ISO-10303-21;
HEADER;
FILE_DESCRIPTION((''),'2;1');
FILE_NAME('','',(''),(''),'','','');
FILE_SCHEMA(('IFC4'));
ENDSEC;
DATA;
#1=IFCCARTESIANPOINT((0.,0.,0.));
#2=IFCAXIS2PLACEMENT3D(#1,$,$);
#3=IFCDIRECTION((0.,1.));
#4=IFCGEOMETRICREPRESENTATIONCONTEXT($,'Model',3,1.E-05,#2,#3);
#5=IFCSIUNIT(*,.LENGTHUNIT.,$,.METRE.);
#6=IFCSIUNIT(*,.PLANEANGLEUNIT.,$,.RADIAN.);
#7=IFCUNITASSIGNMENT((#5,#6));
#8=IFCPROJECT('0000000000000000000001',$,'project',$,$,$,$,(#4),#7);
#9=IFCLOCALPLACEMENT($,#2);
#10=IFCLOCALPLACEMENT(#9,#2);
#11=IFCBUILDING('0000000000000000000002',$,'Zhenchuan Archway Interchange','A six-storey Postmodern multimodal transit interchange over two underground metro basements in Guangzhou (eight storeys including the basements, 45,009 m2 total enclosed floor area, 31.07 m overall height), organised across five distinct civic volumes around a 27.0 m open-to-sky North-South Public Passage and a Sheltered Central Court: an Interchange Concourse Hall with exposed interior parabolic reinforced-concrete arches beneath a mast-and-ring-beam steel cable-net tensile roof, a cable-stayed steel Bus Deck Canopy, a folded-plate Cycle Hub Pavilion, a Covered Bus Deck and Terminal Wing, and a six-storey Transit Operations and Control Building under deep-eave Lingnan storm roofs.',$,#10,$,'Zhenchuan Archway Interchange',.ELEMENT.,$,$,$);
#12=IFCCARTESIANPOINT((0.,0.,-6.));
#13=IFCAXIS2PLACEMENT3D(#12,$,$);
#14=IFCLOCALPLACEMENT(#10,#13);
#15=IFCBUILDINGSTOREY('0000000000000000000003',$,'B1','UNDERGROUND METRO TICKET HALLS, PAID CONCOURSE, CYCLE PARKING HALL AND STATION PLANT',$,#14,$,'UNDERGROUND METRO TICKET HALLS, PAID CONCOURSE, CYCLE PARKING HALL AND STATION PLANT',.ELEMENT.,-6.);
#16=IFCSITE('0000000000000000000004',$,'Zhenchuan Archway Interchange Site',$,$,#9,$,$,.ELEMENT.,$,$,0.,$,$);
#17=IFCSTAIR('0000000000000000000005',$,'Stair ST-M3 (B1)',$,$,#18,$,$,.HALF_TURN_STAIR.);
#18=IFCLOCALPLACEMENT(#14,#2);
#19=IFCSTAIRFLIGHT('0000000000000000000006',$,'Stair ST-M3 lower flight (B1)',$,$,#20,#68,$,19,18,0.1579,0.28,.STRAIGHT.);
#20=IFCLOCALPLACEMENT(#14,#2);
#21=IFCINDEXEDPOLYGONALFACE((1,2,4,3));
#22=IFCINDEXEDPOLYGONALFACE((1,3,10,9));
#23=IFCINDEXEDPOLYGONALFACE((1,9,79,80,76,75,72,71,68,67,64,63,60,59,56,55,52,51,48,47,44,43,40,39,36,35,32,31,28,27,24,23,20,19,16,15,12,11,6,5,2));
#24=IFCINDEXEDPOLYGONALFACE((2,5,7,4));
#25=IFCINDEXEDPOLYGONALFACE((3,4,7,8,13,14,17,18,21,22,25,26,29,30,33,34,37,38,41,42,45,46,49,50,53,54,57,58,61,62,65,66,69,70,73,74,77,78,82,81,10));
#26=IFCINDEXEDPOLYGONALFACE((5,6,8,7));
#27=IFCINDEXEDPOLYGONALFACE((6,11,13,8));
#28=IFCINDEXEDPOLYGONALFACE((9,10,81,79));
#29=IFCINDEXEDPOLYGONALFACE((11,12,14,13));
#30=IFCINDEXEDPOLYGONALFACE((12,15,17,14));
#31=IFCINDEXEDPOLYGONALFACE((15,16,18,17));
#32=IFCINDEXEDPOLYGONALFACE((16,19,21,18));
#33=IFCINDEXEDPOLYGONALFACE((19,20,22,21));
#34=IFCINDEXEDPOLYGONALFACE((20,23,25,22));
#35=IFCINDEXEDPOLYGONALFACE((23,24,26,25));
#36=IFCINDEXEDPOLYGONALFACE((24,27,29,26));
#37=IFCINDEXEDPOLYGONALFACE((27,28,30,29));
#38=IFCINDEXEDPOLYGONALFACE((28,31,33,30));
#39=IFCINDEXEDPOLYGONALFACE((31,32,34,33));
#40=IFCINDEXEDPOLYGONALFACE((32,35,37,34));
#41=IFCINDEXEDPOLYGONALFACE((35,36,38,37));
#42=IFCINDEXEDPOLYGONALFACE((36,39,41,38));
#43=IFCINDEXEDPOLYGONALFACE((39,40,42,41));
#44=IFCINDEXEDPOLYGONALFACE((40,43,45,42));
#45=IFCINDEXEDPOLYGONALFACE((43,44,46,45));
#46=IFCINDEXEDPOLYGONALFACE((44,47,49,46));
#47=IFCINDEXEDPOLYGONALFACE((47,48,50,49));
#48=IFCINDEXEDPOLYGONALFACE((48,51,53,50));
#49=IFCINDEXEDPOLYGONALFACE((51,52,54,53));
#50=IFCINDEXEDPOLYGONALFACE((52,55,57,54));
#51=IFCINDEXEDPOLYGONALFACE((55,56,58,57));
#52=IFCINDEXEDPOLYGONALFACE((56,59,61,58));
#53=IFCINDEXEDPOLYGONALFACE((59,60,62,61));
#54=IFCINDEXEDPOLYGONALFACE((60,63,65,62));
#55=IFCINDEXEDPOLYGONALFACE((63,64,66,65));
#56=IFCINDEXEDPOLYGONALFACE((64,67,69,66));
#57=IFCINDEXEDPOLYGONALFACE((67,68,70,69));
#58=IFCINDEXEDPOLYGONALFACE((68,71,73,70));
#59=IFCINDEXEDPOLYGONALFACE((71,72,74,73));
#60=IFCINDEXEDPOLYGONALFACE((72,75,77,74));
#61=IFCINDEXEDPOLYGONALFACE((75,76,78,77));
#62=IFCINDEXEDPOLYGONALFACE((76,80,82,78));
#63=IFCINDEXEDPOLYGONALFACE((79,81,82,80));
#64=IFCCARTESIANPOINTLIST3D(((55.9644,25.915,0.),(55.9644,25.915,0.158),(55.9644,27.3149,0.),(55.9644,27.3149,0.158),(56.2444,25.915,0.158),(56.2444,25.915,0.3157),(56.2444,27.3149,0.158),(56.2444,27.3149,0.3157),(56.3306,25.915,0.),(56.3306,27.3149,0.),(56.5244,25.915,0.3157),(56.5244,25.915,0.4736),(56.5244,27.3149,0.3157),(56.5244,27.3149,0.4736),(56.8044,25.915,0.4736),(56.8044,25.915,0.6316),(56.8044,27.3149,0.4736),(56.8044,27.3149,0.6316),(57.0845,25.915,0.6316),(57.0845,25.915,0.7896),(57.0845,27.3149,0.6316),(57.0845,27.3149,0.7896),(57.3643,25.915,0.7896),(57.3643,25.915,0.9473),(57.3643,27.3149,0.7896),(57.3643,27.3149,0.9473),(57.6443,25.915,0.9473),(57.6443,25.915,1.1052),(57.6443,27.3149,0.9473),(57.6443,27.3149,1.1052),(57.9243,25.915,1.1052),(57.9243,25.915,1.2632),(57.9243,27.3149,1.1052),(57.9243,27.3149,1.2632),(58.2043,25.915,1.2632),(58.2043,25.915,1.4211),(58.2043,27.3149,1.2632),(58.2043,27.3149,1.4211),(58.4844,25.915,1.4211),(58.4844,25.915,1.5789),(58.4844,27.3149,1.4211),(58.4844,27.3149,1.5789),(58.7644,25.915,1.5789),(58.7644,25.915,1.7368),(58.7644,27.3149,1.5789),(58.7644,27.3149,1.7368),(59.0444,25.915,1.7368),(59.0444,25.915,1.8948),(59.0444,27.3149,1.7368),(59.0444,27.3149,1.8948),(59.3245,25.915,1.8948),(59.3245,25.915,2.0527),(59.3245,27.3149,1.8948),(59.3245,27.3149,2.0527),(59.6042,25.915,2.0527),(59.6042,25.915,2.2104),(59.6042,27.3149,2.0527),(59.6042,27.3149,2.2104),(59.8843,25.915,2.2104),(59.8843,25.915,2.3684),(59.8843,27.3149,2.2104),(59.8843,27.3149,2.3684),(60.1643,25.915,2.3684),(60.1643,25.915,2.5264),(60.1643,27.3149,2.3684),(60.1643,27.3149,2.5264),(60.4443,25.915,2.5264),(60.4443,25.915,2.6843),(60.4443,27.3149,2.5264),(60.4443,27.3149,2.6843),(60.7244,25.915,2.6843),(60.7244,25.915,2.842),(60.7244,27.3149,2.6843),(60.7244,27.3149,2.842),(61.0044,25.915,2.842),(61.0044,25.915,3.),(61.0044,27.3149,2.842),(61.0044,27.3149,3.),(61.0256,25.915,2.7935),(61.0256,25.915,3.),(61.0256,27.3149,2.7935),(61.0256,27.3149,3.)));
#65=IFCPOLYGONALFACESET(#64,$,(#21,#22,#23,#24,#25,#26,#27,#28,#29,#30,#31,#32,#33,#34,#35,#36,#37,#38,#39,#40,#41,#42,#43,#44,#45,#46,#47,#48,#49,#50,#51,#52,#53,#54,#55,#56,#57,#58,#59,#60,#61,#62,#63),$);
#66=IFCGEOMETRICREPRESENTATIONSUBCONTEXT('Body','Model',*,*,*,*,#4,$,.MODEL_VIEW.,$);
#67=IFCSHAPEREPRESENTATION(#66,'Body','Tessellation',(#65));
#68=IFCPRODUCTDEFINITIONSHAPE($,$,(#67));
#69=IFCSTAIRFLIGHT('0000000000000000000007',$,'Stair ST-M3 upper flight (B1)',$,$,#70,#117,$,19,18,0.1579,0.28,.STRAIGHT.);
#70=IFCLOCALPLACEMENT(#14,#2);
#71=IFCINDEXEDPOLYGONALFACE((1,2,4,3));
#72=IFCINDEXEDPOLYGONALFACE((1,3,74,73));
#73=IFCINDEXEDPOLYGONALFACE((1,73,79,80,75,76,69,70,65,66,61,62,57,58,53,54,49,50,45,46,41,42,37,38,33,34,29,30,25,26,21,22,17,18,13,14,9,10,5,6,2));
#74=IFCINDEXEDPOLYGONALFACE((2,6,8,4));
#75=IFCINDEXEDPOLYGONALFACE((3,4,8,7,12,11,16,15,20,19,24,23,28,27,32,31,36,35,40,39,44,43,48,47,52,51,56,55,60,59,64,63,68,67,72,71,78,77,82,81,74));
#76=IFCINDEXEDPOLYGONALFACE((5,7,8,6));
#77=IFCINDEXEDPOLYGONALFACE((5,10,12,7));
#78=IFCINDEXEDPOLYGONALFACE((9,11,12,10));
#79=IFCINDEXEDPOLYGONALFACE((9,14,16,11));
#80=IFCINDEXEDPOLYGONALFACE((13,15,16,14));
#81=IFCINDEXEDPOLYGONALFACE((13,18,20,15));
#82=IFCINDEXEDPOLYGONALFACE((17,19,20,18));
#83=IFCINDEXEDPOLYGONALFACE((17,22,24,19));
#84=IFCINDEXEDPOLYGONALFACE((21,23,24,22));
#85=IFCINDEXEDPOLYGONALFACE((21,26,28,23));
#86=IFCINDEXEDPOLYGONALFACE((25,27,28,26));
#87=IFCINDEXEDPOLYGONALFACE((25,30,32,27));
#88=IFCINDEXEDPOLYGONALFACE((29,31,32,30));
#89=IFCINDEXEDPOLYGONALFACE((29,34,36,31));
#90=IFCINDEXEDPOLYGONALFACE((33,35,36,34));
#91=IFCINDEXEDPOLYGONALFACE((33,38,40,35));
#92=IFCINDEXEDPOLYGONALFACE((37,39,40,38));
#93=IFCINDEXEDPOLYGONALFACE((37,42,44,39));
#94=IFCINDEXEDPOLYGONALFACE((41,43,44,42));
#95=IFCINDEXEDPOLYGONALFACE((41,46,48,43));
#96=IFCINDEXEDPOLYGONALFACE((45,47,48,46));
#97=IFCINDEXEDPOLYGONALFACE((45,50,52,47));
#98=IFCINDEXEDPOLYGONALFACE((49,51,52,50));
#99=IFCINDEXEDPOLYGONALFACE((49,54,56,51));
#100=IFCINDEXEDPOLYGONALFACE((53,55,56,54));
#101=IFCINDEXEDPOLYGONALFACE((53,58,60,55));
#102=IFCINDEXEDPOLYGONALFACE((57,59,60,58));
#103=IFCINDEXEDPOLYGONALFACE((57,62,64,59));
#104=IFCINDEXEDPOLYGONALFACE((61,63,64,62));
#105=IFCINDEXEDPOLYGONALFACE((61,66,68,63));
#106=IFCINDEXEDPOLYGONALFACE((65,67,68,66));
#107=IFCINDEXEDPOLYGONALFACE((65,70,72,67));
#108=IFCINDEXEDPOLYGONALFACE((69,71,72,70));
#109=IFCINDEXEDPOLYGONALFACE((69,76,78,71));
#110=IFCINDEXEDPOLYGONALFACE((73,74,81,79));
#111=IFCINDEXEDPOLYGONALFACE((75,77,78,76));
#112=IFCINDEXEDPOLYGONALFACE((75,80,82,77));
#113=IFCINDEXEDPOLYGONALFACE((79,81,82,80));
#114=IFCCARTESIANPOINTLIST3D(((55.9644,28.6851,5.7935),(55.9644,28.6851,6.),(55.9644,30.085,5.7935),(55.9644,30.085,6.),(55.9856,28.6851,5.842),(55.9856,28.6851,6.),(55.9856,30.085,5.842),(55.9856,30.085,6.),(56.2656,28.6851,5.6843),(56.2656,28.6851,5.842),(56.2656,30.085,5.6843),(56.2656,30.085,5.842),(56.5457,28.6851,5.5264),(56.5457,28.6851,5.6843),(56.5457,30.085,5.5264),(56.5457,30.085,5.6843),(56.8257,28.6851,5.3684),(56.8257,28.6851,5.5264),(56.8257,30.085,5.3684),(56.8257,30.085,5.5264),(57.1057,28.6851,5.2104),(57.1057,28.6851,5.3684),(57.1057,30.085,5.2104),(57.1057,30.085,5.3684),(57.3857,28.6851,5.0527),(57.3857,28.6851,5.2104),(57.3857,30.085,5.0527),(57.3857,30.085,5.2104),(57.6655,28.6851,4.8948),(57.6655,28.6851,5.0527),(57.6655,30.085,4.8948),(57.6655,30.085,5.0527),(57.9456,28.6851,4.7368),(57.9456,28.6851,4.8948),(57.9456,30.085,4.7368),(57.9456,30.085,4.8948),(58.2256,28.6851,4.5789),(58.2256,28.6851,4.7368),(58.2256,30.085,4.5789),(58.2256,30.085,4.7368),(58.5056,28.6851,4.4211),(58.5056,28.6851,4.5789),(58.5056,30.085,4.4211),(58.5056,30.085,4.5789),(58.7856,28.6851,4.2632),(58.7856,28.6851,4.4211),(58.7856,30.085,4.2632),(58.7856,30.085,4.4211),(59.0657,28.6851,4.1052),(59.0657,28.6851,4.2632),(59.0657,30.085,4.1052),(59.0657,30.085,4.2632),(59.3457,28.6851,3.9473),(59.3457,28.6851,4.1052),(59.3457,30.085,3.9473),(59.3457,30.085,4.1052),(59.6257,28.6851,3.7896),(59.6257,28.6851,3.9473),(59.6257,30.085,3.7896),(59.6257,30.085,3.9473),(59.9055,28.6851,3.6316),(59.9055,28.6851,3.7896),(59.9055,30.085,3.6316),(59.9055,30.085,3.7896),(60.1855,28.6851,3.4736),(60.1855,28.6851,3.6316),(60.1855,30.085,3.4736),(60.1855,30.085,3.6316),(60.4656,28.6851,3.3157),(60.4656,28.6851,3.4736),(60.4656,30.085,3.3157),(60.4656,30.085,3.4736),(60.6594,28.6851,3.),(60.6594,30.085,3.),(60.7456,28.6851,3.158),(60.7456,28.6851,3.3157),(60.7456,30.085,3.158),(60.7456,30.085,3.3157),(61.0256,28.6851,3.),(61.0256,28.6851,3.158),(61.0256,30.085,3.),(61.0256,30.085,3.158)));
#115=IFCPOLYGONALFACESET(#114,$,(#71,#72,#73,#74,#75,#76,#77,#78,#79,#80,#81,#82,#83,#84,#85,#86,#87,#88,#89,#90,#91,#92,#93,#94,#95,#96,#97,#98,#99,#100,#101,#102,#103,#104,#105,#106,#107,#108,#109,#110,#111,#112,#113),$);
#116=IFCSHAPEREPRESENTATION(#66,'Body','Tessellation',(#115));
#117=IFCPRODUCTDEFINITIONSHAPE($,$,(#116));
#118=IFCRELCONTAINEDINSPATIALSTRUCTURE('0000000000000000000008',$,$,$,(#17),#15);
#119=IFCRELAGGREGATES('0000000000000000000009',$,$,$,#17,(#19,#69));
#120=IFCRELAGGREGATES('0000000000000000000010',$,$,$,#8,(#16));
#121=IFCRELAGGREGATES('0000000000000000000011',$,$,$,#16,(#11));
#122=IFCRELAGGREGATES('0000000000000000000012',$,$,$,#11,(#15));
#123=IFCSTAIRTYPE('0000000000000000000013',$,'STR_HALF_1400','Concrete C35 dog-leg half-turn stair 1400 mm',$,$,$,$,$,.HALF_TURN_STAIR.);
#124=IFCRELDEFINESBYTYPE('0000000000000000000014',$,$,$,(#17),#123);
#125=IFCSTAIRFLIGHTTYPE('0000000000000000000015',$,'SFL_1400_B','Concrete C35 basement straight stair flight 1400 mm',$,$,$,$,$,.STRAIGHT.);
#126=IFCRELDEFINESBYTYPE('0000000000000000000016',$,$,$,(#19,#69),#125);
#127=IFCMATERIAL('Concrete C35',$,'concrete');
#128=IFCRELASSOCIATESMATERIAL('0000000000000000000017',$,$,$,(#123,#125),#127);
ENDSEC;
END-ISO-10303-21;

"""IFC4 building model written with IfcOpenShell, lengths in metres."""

from ifc_helpers import new_model, si_unit, direction, frame, origin, place, context, subcontext, project, spatial, polyline, outline, extrude, material, type_object, element, aggregate, save


model = new_model("IFC4")

# Units and contexts
model_context = context("Model", 3, precision=1e-05, world=origin(), true_north=direction((0.0, 1.0)))
body_context = subcontext(model_context, "Body", "Model", "MODEL_VIEW")
ifc_project = project(units=[si_unit("LENGTHUNIT", "METRE"), si_unit("PLANEANGLEUNIT", "RADIAN")], contexts=[model_context])

# Site, building, storey
site_placement = place(None, origin())
site = spatial("IfcSite", under=ifc_project, at=site_placement, Name="Zhenchuan Archway Interchange Site", CompositionType="ELEMENT", RefElevation=0.0)
building_placement = place(site_placement, origin())
building = spatial("IfcBuilding", under=site, at=building_placement, Name="Zhenchuan Archway Interchange", Description="A six-storey Postmodern multimodal transit interchange over two underground metro basements in Guangzhou (eight storeys including the basements, 45,009 m2 total enclosed floor area, 31.07 m overall height), organised across five distinct civic volumes around a 27.0 m open-to-sky North-South Public Passage and a Sheltered Central Court: an Interchange Concourse Hall with exposed interior parabolic reinforced-concrete arches beneath a mast-and-ring-beam steel cable-net tensile roof, a cable-stayed steel Bus Deck Canopy, a folded-plate Cycle Hub Pavilion, a Covered Bus Deck and Terminal Wing, and a six-storey Transit Operations and Control Building under deep-eave Lingnan storm roofs.", LongName="Zhenchuan Archway Interchange", CompositionType="ELEMENT")
storey_placement = place(building_placement, frame((0.0, 0.0, -6.0)))
storey = spatial("IfcBuildingStorey", under=building, at=storey_placement, Name="B1", Description="UNDERGROUND METRO TICKET HALLS, PAID CONCOURSE, CYCLE PARKING HALL AND STATION PLANT", LongName="UNDERGROUND METRO TICKET HALLS, PAID CONCOURSE, CYCLE PARKING HALL AND STATION PLANT", CompositionType="ELEMENT", Elevation=-6.0)

# Stair, stair flights
ifc_material_1 = material(Name="Concrete C35", Category="concrete")
stair_type = type_object("IfcStairType", Name="STR_HALF_1400", Description="Concrete C35 dog-leg half-turn stair 1400 mm", PredefinedType="HALF_TURN_STAIR", material=ifc_material_1)
stair_placement = place(storey_placement, origin())
stair = element("IfcStair", 1, at=stair_placement, inside=storey, type_object=stair_type, Name="Stair ST-M3 (B1)", PredefinedType="HALF_TURN_STAIR")
stair_flight_type = type_object("IfcStairFlightType", Name="SFL_1400_B", Description="Concrete C35 basement straight stair flight 1400 mm", PredefinedType="STRAIGHT", material=ifc_material_1)
stair_flight_1_placement = place(storey_placement, frame((55.9644, 26.615, 0.0), z_axis=(0.0, 0.0, 1.0), x_axis=(1.0, 0.0, 0.0)))
stair_flight_1 = element("IfcStairFlight", 2, at=stair_flight_1_placement, type_object=stair_flight_type, Name="Stair ST-M3 lower flight (B1)", NumberOfRisers=19, NumberOfTreads=18, PredefinedType="STRAIGHT", RiserHeight=0.1579, TreadLength=0.28, context=body_context, shape_type="SweptSolid", body=[
    extrude(outline(polyline([(0.0, 0.0), (0.0, 0.158), (0.28, 0.158), (0.28, 0.3157), (0.5601, 0.3157), (0.5601, 0.4736), (0.8401, 0.4736), (0.8401, 0.6316), (1.1201, 0.6316), (1.1201, 0.7896), (1.3999, 0.7896), (1.3999, 0.9473), (1.6799, 0.9473), (1.6799, 1.1052), (1.96, 1.1052), (1.96, 1.2632), (2.24, 1.2632), (2.24, 1.4211), (2.52, 1.4211), (2.52, 1.5789), (2.8, 1.5789), (2.8, 1.7368), (3.0801, 1.7368), (3.0801, 1.8948), (3.3601, 1.8948), (3.3601, 2.0527), (3.6399, 2.0527), (3.6399, 2.2104), (3.9199, 2.2104), (3.9199, 2.3684), (4.2, 2.3684), (4.2, 2.5264), (4.48, 2.5264), (4.48, 2.6843), (4.76, 2.6843), (4.76, 2.842), (5.04, 2.842), (5.04, 3.0), (5.0613, 3.0), (5.0613, 2.7935), (0.3662, 0.0), (0.0, 0.0)])), frame((0.0, 0.7, 0.0), z_axis=(0.0, -1.0, 0.0), x_axis=(1.0, 0.0, 0.0)), (0.0, 0.0, 1.0), 1.3999),
])
stair_flight_2_placement = place(storey_placement, frame((61.0256, 29.385, 3.0), z_axis=(0.0, 0.0, 1.0), x_axis=(-1.0, 0.0, 0.0)))
stair_flight_2 = element("IfcStairFlight", 3, at=stair_flight_2_placement, type_object=stair_flight_type, Name="Stair ST-M3 upper flight (B1)", NumberOfRisers=19, NumberOfTreads=18, PredefinedType="STRAIGHT", RiserHeight=0.1579, TreadLength=0.28, context=body_context, shape_type="SweptSolid", body=[
    extrude(outline(polyline([(0.0, 0.0), (0.0, 0.158), (0.28, 0.158), (0.28, 0.3157), (0.5601, 0.3157), (0.5601, 0.4736), (0.8401, 0.4736), (0.8401, 0.6316), (1.1201, 0.6316), (1.1201, 0.7896), (1.3999, 0.7896), (1.3999, 0.9473), (1.6799, 0.9473), (1.6799, 1.1052), (1.96, 1.1052), (1.96, 1.2632), (2.24, 1.2632), (2.24, 1.4211), (2.52, 1.4211), (2.52, 1.5789), (2.8, 1.5789), (2.8, 1.7368), (3.0801, 1.7368), (3.0801, 1.8948), (3.3601, 1.8948), (3.3601, 2.0527), (3.6399, 2.0527), (3.6399, 2.2104), (3.9199, 2.2104), (3.9199, 2.3684), (4.2, 2.3684), (4.2, 2.5264), (4.48, 2.5264), (4.48, 2.6843), (4.76, 2.6843), (4.76, 2.842), (5.04, 2.842), (5.04, 3.0), (5.0613, 3.0), (5.0613, 2.7935), (0.3662, 0.0), (0.0, 0.0)])), frame((0.0, 0.7, 0.0), z_axis=(0.0, -1.0, 0.0), x_axis=(1.0, 0.0, 0.0)), (0.0, 0.0, 1.0), 1.3999),
])
aggregate(stair, [stair_flight_1, stair_flight_2])

save(model, "model.ifc")
